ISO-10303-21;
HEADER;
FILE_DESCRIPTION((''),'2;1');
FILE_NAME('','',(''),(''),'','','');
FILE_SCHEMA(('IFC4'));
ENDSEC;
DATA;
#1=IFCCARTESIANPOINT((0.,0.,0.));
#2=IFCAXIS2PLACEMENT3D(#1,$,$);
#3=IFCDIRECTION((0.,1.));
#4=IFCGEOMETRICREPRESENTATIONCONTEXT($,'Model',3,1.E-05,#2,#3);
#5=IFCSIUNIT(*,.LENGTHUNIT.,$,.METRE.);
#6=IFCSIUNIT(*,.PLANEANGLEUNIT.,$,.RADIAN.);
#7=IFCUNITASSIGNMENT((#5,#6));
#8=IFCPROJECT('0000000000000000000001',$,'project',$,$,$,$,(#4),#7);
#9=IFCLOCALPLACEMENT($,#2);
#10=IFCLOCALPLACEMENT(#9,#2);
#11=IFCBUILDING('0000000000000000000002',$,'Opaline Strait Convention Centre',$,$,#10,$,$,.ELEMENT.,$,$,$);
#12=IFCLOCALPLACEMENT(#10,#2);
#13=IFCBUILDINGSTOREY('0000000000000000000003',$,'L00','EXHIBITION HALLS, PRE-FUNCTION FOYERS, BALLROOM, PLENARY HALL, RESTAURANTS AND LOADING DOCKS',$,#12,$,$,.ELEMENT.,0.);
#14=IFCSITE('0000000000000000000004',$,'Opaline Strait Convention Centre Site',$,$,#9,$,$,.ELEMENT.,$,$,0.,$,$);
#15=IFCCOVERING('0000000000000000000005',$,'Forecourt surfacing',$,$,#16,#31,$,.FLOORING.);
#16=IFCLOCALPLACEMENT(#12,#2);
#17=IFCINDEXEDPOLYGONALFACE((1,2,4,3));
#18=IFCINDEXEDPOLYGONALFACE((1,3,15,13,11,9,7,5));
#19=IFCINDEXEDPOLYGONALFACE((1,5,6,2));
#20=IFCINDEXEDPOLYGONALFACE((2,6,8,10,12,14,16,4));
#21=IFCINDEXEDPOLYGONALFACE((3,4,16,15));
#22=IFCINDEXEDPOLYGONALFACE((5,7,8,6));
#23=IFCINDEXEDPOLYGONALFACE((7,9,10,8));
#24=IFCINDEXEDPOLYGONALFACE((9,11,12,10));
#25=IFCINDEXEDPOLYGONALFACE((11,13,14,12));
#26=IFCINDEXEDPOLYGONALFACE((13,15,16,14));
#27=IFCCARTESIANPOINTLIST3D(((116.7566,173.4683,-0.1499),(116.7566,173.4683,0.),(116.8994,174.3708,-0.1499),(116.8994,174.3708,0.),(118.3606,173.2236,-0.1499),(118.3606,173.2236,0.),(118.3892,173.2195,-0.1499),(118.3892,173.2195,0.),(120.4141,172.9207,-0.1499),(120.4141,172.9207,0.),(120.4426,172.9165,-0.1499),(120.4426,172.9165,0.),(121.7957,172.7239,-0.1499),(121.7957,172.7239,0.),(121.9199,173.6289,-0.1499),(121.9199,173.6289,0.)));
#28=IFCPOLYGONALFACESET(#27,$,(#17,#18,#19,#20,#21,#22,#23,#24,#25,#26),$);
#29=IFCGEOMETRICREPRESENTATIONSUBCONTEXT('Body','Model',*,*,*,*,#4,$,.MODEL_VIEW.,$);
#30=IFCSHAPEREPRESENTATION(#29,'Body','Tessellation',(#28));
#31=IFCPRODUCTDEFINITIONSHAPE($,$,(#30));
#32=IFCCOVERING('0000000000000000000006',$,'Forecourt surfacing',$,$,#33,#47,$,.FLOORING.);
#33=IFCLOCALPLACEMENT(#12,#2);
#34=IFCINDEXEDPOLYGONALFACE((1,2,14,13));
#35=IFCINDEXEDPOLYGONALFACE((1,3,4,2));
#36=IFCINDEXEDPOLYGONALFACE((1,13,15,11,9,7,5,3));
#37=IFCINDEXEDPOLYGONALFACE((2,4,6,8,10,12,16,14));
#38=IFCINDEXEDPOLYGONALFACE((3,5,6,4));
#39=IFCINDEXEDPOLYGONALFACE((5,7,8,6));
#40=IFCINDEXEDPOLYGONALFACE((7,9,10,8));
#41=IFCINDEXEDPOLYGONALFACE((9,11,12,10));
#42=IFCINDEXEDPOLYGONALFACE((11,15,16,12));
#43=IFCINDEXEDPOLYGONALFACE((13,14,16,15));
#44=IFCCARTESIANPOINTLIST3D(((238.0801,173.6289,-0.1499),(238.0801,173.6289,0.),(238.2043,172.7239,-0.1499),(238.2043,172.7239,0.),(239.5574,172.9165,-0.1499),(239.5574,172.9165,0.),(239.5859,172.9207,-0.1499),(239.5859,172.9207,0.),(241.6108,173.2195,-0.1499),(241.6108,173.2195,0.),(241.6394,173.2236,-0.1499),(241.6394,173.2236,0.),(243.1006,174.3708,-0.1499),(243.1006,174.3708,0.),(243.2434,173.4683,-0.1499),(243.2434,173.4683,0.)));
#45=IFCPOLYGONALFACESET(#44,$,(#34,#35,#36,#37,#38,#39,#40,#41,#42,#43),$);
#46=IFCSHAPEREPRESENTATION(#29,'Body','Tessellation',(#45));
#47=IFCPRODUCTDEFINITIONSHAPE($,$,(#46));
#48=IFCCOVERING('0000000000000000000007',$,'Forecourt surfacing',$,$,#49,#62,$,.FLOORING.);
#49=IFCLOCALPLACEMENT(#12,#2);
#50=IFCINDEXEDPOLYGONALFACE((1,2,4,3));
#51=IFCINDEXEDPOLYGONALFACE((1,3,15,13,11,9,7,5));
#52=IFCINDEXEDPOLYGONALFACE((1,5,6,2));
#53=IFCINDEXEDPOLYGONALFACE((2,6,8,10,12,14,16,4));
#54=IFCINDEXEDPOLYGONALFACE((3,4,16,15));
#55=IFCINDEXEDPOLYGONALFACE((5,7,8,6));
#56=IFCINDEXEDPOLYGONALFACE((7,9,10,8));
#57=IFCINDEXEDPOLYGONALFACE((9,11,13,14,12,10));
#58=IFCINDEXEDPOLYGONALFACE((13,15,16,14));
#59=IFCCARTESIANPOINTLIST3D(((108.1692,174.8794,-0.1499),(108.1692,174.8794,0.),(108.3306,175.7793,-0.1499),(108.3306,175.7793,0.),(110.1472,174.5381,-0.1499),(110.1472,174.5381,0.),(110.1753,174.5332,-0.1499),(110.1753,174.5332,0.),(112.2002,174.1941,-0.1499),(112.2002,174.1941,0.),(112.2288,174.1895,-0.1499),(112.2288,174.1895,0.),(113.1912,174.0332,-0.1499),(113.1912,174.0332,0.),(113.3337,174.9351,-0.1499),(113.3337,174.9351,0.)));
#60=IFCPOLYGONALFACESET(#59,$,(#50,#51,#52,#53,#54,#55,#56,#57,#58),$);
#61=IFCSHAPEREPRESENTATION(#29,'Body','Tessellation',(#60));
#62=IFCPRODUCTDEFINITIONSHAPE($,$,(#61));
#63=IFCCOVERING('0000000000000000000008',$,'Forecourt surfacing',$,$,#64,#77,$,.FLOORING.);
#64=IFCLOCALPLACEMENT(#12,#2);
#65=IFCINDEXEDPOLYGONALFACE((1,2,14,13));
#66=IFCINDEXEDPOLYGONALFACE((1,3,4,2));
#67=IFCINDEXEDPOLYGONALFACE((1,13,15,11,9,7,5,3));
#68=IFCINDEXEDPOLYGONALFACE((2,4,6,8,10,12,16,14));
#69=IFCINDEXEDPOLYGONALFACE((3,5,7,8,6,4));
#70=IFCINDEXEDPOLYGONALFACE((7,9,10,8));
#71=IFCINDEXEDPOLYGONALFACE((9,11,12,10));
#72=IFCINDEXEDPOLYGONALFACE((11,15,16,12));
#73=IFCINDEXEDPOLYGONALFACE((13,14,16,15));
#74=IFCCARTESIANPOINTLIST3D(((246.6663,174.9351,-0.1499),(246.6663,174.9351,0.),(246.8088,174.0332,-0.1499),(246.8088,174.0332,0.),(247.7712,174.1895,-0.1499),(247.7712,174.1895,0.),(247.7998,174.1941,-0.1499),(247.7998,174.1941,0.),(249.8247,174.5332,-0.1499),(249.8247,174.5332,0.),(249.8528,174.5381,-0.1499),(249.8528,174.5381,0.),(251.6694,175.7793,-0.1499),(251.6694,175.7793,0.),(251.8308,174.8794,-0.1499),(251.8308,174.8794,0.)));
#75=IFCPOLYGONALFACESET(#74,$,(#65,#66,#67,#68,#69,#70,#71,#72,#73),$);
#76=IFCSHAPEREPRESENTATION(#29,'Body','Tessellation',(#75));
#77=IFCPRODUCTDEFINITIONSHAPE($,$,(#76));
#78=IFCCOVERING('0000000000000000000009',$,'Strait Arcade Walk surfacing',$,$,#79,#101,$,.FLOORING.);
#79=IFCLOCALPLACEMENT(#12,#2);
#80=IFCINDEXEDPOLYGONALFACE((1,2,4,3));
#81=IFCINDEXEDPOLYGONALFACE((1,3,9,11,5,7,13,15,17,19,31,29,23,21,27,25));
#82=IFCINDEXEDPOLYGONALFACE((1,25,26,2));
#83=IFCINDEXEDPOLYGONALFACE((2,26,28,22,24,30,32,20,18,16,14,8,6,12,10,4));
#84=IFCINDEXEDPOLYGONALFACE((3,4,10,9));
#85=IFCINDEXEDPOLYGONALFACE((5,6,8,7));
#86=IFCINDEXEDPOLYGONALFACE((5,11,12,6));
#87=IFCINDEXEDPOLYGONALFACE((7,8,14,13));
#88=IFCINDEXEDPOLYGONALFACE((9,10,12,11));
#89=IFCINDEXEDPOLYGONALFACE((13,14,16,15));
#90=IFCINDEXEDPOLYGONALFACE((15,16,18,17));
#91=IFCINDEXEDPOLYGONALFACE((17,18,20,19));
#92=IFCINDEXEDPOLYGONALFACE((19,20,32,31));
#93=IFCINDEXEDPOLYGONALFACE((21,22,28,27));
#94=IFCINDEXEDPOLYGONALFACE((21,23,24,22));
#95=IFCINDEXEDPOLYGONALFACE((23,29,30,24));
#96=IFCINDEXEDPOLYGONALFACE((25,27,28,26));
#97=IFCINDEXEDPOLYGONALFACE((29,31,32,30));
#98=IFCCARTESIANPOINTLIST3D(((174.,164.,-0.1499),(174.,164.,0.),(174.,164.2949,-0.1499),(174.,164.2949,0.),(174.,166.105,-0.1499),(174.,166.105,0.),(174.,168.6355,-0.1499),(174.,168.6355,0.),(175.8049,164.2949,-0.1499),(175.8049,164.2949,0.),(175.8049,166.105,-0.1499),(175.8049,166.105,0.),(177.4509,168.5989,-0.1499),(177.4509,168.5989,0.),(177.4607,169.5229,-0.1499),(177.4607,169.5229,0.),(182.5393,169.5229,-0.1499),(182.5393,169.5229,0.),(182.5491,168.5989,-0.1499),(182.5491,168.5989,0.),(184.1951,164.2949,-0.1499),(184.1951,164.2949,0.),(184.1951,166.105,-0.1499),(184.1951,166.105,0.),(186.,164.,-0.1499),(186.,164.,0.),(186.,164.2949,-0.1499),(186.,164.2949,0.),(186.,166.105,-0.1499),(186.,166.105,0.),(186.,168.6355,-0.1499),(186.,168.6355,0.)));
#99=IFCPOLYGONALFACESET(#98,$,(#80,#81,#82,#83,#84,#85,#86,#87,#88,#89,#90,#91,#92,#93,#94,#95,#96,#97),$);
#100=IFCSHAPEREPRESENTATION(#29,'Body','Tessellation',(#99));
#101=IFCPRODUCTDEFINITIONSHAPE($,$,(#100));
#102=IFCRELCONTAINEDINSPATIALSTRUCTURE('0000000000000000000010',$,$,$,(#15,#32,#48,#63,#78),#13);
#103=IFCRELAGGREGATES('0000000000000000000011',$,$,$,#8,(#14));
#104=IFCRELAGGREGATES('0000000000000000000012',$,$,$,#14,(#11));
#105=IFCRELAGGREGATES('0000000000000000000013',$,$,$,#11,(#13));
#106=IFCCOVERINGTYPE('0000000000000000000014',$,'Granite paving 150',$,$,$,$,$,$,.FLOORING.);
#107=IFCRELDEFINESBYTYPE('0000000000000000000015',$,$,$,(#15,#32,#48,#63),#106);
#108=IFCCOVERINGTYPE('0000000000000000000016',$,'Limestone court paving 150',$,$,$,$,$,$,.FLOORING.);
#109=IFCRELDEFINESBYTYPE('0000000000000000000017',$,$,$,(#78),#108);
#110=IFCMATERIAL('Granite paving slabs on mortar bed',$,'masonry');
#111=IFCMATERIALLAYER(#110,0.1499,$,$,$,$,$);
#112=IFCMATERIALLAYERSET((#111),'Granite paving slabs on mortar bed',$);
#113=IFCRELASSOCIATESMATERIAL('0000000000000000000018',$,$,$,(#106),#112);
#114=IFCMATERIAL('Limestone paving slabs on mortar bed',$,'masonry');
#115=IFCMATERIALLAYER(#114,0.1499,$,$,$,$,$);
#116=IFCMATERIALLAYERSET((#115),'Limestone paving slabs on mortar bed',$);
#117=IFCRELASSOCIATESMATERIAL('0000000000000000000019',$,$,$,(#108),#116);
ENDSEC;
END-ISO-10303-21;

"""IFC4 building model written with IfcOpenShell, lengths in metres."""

from ifc_helpers import new_model, si_unit, direction, frame, origin, place, context, subcontext, project, spatial, polyline, outline, extrude, material, layer, layer_set, type_object, element, save


model = new_model("IFC4")

# Units and contexts
model_context = context("Model", 3, precision=1e-05, world=origin(), true_north=direction((0.0, 1.0)))
body_context = subcontext(model_context, "Body", "Model", "MODEL_VIEW")
ifc_project = project(units=[si_unit("LENGTHUNIT", "METRE"), si_unit("PLANEANGLEUNIT", "RADIAN")], contexts=[model_context])

# Site, building, storey
site_placement = place(None, origin())
site = spatial("IfcSite", under=ifc_project, at=site_placement, Name="Opaline Strait Convention Centre Site", CompositionType="ELEMENT", RefElevation=0.0)
building_placement = place(site_placement, origin())
building = spatial("IfcBuilding", under=site, at=building_placement, Name="Opaline Strait Convention Centre", CompositionType="ELEMENT")
storey_placement = place(building_placement, origin())
storey = spatial("IfcBuildingStorey", under=building, at=storey_placement, Name="L00", Description="EXHIBITION HALLS, PRE-FUNCTION FOYERS, BALLROOM, PLENARY HALL, RESTAURANTS AND LOADING DOCKS", CompositionType="ELEMENT", Elevation=0.0)

# Coverings
ifc_material_1 = material(Name="Granite paving slabs on mortar bed", Category="masonry")
ifc_layer_1 = layer(ifc_material_1, 0.1499)
ifc_layer_set_1 = layer_set([ifc_layer_1], Name="Granite paving slabs on mortar bed")
covering_type_1 = type_object("IfcCoveringType", Name="Granite paving 150", PredefinedType="FLOORING", material=ifc_layer_set_1)
covering_1_placement = place(storey_placement, frame((0.0, 0.0, -0.1499)))
element("IfcCovering", 1, at=covering_1_placement, inside=storey, type_object=covering_type_1, Name="Forecourt surfacing", PredefinedType="FLOORING", context=body_context, shape_type="SweptSolid", body=[
    extrude(outline(polyline([(120.4141, 172.9207), (120.4426, 172.9165), (121.7957, 172.7239), (121.9199, 173.6289), (116.8994, 174.3708), (116.7566, 173.4683), (118.3606, 173.2236), (118.3892, 173.2195), (120.4141, 172.9207)])), origin(), (0.0, 0.0, 1.0), 0.1499),
])
covering_2_placement = place(storey_placement, frame((0.0, 0.0, -0.1499)))
element("IfcCovering", 2, at=covering_2_placement, inside=storey, type_object=covering_type_1, Name="Forecourt surfacing", PredefinedType="FLOORING", context=body_context, shape_type="SweptSolid", body=[
    extrude(outline(polyline([(243.2434, 173.4683), (243.1006, 174.3708), (238.0801, 173.6289), (238.2043, 172.7239), (239.5574, 172.9165), (239.5859, 172.9207), (241.6108, 173.2195), (241.6394, 173.2236), (243.2434, 173.4683)])), origin(), (0.0, 0.0, 1.0), 0.1499),
])
covering_3_placement = place(storey_placement, frame((0.0, 0.0, -0.1499)))
element("IfcCovering", 3, at=covering_3_placement, inside=storey, type_object=covering_type_1, Name="Forecourt surfacing", PredefinedType="FLOORING", context=body_context, shape_type="SweptSolid", body=[
    extrude(outline(polyline([(112.2002, 174.1941), (112.2288, 174.1895), (113.1912, 174.0332), (113.3337, 174.9351), (108.3306, 175.7793), (108.1692, 174.8794), (110.1472, 174.5381), (110.1753, 174.5332), (112.2002, 174.1941)])), origin(), (0.0, 0.0, 1.0), 0.1499),
])
covering_4_placement = place(storey_placement, frame((0.0, 0.0, -0.1499)))
element("IfcCovering", 4, at=covering_4_placement, inside=storey, type_object=covering_type_1, Name="Forecourt surfacing", PredefinedType="FLOORING", context=body_context, shape_type="SweptSolid", body=[
    extrude(outline(polyline([(251.8308, 174.8794), (251.6694, 175.7793), (246.6663, 174.9351), (246.8088, 174.0332), (247.7712, 174.1895), (247.7998, 174.1941), (249.8247, 174.5332), (249.8528, 174.5381), (251.8308, 174.8794)])), origin(), (0.0, 0.0, 1.0), 0.1499),
])
ifc_material_2 = material(Name="Limestone paving slabs on mortar bed", Category="masonry")
ifc_layer_2 = layer(ifc_material_2, 0.1499)
ifc_layer_set_2 = layer_set([ifc_layer_2], Name="Limestone paving slabs on mortar bed")
covering_type_2 = type_object("IfcCoveringType", Name="Limestone court paving 150", PredefinedType="FLOORING", material=ifc_layer_set_2)
covering_5_placement = place(storey_placement, frame((0.0, 0.0, -0.1499)))
element("IfcCovering", 5, at=covering_5_placement, inside=storey, type_object=covering_type_2, Name="Strait Arcade Walk surfacing", PredefinedType="FLOORING", context=body_context, shape_type="SweptSolid", body=[
    extrude(outline(polyline([(174.0, 164.0), (186.0, 164.0), (186.0, 164.2949), (184.1951, 164.2949), (184.1951, 166.105), (186.0, 166.105), (186.0, 168.6355), (182.5491, 168.5989), (182.5393, 169.5229), (177.4607, 169.5229), (177.4509, 168.5989), (174.0, 168.6355), (174.0, 166.105), (175.8049, 166.105), (175.8049, 164.2949), (174.0, 164.2949), (174.0, 164.0)])), origin(), (0.0, 0.0, 1.0), 0.1499),
])

save(model, "model.ifc")
